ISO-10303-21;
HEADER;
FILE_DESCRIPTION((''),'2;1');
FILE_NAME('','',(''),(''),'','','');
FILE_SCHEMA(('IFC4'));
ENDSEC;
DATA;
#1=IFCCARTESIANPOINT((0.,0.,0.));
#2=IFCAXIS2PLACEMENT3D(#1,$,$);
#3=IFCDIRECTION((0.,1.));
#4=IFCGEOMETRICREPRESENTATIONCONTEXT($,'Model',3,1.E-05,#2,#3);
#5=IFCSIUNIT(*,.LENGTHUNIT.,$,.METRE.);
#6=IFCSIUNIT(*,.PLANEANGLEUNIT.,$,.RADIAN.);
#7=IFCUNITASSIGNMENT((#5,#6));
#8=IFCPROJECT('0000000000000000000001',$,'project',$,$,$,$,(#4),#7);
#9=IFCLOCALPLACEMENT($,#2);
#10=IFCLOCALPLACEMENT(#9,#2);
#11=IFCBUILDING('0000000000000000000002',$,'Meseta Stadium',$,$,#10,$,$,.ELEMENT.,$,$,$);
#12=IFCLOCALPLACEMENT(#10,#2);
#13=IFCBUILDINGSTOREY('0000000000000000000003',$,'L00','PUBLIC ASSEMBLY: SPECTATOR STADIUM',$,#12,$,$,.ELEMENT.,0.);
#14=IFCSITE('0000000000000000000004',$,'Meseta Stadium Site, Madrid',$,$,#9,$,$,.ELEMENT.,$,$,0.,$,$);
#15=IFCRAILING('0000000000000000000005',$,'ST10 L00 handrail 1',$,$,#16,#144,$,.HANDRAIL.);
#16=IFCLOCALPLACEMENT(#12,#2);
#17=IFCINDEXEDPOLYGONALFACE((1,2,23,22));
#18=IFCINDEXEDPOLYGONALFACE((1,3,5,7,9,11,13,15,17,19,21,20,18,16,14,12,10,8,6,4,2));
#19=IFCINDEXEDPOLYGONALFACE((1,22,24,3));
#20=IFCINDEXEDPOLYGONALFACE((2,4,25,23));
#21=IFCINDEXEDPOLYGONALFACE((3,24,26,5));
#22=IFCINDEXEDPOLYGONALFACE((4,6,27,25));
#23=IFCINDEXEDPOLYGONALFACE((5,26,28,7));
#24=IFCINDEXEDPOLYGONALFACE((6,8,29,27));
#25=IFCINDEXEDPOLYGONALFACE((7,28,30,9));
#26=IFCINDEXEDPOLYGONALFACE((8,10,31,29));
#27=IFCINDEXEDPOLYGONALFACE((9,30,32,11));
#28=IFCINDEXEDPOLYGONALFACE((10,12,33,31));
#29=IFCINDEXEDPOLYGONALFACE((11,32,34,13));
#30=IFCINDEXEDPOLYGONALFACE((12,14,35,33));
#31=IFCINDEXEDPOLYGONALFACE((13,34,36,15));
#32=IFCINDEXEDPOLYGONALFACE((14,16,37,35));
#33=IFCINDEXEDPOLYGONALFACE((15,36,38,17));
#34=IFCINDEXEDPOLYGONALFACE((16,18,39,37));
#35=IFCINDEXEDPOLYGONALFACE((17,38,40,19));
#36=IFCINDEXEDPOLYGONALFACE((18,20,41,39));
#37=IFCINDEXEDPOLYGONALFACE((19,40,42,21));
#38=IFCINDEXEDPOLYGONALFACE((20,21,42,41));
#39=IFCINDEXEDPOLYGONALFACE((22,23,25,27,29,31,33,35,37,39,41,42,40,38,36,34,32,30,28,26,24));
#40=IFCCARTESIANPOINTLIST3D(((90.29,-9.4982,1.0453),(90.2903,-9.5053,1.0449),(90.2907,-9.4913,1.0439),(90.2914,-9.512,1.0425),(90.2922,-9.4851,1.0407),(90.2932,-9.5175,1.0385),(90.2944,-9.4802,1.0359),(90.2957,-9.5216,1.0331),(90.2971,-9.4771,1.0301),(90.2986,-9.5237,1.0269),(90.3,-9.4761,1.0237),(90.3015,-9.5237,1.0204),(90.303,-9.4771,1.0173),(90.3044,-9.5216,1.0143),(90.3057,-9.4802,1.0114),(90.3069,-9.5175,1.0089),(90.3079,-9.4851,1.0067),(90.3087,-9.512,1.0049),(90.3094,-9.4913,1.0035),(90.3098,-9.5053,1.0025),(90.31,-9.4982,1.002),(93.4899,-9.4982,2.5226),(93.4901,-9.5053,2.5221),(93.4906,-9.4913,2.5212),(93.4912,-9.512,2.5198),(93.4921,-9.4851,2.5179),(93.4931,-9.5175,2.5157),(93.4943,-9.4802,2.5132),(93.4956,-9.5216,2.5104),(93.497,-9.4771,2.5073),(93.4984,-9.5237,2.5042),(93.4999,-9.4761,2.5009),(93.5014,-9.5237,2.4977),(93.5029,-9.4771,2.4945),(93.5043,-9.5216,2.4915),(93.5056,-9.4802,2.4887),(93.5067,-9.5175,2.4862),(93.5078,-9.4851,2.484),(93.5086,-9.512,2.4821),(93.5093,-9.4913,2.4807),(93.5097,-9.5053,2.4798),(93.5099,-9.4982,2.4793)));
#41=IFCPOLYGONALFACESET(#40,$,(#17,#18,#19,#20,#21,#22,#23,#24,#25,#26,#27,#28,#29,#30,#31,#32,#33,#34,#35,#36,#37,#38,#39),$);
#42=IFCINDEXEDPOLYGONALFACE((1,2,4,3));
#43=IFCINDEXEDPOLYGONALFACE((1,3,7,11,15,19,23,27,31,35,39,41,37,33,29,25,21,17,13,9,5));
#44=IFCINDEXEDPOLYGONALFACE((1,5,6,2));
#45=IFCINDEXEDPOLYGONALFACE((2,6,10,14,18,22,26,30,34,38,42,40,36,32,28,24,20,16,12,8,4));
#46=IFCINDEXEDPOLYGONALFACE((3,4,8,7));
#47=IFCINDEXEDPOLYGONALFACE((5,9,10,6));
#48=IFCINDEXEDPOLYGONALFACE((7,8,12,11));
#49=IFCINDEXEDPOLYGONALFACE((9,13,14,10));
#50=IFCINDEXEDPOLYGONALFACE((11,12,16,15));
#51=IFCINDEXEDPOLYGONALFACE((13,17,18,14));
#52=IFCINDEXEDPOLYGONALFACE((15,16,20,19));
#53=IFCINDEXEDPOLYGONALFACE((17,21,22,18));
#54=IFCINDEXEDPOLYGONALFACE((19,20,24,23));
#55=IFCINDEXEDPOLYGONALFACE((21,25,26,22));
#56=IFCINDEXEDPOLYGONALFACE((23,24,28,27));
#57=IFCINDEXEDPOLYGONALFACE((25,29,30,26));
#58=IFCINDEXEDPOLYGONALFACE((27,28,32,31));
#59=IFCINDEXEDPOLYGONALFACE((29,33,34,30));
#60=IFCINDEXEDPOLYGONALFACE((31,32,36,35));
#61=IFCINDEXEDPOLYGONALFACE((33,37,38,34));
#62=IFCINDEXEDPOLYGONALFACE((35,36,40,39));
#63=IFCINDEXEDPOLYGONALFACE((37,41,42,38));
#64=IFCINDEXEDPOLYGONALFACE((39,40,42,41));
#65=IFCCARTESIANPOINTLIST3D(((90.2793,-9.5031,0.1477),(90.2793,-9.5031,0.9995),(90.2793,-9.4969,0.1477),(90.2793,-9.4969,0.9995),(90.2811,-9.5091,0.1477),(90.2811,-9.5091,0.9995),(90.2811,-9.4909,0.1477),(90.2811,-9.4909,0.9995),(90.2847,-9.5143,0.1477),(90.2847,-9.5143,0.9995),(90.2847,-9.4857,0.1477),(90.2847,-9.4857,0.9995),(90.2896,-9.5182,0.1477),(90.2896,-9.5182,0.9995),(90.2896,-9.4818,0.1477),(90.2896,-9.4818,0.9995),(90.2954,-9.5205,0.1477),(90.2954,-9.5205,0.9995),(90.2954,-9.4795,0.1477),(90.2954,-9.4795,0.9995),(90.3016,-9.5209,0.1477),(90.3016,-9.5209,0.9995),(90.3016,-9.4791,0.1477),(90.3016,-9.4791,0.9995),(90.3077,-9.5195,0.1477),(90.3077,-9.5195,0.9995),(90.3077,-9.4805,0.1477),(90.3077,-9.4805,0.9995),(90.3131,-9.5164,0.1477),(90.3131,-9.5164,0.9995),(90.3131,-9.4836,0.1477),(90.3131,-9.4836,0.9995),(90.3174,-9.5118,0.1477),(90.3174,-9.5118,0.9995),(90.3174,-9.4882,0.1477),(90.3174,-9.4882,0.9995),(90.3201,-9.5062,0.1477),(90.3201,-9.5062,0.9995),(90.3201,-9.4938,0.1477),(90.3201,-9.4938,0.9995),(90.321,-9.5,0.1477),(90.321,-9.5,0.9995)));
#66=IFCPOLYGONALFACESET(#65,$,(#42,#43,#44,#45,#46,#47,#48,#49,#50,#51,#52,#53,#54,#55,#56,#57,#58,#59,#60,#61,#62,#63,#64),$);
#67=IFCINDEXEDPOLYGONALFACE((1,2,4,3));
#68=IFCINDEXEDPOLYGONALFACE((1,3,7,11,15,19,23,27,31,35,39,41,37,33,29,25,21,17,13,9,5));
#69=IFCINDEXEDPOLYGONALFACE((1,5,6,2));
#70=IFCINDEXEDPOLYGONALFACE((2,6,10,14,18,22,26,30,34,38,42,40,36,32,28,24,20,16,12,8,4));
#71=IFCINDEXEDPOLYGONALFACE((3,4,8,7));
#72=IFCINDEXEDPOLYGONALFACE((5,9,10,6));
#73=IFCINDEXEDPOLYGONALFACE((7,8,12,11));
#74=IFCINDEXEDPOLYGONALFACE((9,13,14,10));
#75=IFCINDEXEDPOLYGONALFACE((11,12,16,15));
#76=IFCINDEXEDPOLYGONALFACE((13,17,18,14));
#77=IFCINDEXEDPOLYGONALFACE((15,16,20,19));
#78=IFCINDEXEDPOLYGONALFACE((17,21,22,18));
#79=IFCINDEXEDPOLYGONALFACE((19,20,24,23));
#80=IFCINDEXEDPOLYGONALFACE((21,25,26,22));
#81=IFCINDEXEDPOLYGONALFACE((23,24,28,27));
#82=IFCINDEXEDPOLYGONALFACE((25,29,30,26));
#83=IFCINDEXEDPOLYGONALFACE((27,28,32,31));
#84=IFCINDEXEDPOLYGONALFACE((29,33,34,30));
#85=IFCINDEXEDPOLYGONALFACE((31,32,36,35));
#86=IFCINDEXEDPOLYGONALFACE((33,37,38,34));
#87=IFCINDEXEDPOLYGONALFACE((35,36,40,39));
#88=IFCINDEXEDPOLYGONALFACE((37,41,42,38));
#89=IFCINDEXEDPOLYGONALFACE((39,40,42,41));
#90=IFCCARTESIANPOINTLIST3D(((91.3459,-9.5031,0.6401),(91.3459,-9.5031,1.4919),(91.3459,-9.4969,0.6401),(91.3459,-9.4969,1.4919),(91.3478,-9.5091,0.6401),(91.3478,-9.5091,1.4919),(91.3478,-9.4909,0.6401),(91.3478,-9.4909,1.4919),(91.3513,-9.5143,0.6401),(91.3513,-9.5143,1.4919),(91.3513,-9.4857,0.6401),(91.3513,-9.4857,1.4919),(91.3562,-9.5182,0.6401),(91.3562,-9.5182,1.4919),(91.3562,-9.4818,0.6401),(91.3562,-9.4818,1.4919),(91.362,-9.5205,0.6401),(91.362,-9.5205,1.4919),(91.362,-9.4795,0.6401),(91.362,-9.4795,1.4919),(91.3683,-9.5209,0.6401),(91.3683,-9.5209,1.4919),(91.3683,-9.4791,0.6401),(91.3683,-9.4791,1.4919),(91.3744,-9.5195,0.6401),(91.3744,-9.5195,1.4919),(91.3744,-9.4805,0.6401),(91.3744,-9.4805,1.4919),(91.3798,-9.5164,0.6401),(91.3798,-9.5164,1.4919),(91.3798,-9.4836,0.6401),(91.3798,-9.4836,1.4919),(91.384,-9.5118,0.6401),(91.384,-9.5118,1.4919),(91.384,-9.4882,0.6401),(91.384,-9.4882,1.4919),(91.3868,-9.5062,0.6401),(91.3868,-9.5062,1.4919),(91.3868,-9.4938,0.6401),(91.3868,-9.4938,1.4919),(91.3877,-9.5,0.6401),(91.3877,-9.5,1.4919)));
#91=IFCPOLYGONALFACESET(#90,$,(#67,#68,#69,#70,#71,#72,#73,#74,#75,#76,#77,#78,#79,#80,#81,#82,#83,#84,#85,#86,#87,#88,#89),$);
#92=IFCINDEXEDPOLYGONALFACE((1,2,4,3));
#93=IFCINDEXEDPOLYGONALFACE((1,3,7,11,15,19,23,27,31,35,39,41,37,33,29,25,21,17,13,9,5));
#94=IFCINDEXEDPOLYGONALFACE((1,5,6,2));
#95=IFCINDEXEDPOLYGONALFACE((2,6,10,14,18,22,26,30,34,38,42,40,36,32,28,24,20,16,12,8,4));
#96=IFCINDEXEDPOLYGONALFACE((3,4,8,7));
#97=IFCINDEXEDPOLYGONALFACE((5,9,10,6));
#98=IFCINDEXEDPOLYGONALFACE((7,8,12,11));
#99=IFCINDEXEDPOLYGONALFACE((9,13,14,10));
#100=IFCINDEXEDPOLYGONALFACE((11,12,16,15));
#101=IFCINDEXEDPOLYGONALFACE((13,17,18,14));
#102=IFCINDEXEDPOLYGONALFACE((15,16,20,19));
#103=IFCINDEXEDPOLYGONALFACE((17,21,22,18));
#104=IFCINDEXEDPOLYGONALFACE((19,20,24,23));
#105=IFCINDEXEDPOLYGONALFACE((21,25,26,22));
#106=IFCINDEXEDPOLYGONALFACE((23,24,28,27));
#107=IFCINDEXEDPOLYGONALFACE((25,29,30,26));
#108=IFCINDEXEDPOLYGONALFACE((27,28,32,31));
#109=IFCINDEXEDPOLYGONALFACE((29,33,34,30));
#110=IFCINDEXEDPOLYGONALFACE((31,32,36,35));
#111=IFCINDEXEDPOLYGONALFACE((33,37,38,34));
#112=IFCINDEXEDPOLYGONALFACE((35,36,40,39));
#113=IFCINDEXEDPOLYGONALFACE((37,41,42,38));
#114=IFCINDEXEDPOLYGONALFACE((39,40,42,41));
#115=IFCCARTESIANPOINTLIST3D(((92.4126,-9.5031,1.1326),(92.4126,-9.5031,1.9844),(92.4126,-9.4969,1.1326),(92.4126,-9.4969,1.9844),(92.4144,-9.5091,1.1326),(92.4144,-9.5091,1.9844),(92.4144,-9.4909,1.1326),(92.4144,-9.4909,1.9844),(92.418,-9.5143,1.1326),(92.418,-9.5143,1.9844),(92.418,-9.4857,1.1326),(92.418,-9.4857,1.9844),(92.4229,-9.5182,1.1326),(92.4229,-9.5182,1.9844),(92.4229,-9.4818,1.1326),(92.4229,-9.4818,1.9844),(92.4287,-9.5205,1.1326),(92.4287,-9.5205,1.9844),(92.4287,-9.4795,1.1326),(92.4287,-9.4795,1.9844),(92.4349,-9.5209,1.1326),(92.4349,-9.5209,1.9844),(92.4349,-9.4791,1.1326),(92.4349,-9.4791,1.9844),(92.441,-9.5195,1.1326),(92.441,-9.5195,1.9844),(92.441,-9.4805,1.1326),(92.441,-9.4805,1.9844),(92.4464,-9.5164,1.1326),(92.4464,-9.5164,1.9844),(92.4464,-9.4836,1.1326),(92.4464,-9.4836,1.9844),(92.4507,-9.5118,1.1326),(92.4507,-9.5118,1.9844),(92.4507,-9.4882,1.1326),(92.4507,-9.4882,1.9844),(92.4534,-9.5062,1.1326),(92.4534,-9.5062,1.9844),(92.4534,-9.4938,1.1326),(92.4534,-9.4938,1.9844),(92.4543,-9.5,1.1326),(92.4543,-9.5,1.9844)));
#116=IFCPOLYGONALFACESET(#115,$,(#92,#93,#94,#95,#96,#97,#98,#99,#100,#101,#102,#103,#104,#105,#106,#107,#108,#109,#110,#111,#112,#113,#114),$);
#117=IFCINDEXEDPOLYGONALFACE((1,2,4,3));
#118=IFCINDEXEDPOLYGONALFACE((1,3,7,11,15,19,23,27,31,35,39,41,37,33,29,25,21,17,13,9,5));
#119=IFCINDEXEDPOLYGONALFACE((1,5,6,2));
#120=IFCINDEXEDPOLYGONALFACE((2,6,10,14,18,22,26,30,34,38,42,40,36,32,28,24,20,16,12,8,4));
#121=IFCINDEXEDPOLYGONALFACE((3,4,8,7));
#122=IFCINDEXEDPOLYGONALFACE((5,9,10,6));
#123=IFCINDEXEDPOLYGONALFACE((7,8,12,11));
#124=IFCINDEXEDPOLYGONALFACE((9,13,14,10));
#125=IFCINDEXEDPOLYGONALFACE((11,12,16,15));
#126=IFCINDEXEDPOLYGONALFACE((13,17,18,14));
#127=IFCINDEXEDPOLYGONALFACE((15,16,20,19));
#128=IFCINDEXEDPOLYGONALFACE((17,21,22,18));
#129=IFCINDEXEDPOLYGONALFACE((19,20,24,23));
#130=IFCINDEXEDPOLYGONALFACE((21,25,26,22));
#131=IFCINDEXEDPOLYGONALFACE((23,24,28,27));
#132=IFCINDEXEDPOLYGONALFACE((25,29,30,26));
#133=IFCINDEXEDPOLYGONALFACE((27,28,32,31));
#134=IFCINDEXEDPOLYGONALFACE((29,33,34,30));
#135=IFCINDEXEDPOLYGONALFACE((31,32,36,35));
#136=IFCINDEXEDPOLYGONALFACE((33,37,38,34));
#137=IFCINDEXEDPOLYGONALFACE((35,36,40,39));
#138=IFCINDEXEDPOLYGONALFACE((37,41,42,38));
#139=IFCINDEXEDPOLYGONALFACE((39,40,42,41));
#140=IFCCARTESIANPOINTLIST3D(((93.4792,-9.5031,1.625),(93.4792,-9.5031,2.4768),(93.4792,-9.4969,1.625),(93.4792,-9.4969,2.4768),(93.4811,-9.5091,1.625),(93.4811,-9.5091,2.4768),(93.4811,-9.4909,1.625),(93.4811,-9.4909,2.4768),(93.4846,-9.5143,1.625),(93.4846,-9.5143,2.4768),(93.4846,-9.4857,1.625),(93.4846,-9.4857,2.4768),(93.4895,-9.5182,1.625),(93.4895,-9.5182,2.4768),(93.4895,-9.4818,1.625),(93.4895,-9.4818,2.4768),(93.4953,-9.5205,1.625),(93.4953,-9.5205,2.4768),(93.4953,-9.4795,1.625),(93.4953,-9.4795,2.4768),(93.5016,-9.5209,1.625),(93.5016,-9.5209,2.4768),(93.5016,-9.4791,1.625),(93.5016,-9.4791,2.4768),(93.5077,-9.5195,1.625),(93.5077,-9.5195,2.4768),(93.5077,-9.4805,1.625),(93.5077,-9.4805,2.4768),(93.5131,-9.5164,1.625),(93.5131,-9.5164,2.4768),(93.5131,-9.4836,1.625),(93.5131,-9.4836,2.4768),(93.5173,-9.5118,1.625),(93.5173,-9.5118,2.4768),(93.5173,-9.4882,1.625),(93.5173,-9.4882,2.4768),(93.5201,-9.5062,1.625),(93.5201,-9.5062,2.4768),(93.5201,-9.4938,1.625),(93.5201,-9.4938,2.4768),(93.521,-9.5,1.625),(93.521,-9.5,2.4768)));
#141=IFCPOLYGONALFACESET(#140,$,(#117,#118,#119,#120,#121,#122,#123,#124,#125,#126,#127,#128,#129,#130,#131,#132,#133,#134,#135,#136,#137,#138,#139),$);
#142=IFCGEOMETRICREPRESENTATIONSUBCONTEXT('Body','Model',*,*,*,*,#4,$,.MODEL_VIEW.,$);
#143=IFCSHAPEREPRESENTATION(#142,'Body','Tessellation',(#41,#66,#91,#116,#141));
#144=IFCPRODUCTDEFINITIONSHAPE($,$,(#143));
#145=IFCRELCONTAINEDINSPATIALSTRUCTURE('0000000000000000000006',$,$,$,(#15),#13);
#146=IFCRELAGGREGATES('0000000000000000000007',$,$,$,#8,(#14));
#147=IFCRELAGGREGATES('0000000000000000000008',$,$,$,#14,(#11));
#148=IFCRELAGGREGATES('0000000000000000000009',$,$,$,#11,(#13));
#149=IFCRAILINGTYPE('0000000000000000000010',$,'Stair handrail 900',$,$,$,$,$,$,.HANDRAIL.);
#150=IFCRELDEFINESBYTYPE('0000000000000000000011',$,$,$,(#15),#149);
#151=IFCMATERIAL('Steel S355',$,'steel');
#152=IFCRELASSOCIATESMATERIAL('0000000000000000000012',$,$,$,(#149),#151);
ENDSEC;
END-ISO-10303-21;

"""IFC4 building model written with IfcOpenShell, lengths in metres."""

from ifc_helpers import new_model, si_unit, direction, frame, origin, origin_2d, place, context, subcontext, project, spatial, circle, extrude, material, type_object, element, save


model = new_model("IFC4")

# Units and contexts
model_context = context("Model", 3, precision=1e-05, world=origin(), true_north=direction((0.0, 1.0)))
body_context = subcontext(model_context, "Body", "Model", "MODEL_VIEW")
ifc_project = project(units=[si_unit("LENGTHUNIT", "METRE"), si_unit("PLANEANGLEUNIT", "RADIAN")], contexts=[model_context])

# Site, building, storey
site_placement = place(None, origin())
site = spatial("IfcSite", under=ifc_project, at=site_placement, Name="Meseta Stadium Site, Madrid", CompositionType="ELEMENT", RefElevation=0.0)
building_placement = place(site_placement, origin())
building = spatial("IfcBuilding", under=site, at=building_placement, Name="Meseta Stadium", CompositionType="ELEMENT")
storey_placement = place(building_placement, origin())
storey = spatial("IfcBuildingStorey", under=building, at=storey_placement, Name="L00", Description="PUBLIC ASSEMBLY: SPECTATOR STADIUM", CompositionType="ELEMENT", Elevation=0.0)

# Railing
ifc_material_1 = material(Name="Steel S355", Category="steel")
railing_type_1 = type_object("IfcRailingType", Name="Stair handrail 900", PredefinedType="HANDRAIL", material=ifc_material_1)
for number, where, name in (
    (1, (90.3, -9.5, 0.1477), "ST10 L00 handrail 1"),
):
    element("IfcRailing", number, at=place(storey_placement, frame(where)), inside=storey, type_object=railing_type_1, Name=name, PredefinedType="HANDRAIL", context=body_context, shape_type="SweptSolid", body=[
        extrude(circle(Radius=0.0239, at=origin_2d()), frame((0.0, 0.0, 0.876), z_axis=(0.907917, 0.0, 0.41915), x_axis=(0.0, 1.0, 0.0)), (0.0, 0.0, 1.0), 3.5244),
        extrude(circle(Radius=0.021, at=origin_2d()), origin(), (0.0, 0.0, 1.0), 0.8518),
        extrude(circle(Radius=0.021, at=origin_2d()), frame((1.0667, 0.0, 0.4924)), (0.0, 0.0, 1.0), 0.8518),
        extrude(circle(Radius=0.021, at=origin_2d()), frame((2.1333, 0.0, 0.9849)), (0.0, 0.0, 1.0), 0.8518),
        extrude(circle(Radius=0.021, at=origin_2d()), frame((3.2, 0.0, 1.4773)), (0.0, 0.0, 1.0), 0.8518),
    ])

save(model, "model.ifc")
